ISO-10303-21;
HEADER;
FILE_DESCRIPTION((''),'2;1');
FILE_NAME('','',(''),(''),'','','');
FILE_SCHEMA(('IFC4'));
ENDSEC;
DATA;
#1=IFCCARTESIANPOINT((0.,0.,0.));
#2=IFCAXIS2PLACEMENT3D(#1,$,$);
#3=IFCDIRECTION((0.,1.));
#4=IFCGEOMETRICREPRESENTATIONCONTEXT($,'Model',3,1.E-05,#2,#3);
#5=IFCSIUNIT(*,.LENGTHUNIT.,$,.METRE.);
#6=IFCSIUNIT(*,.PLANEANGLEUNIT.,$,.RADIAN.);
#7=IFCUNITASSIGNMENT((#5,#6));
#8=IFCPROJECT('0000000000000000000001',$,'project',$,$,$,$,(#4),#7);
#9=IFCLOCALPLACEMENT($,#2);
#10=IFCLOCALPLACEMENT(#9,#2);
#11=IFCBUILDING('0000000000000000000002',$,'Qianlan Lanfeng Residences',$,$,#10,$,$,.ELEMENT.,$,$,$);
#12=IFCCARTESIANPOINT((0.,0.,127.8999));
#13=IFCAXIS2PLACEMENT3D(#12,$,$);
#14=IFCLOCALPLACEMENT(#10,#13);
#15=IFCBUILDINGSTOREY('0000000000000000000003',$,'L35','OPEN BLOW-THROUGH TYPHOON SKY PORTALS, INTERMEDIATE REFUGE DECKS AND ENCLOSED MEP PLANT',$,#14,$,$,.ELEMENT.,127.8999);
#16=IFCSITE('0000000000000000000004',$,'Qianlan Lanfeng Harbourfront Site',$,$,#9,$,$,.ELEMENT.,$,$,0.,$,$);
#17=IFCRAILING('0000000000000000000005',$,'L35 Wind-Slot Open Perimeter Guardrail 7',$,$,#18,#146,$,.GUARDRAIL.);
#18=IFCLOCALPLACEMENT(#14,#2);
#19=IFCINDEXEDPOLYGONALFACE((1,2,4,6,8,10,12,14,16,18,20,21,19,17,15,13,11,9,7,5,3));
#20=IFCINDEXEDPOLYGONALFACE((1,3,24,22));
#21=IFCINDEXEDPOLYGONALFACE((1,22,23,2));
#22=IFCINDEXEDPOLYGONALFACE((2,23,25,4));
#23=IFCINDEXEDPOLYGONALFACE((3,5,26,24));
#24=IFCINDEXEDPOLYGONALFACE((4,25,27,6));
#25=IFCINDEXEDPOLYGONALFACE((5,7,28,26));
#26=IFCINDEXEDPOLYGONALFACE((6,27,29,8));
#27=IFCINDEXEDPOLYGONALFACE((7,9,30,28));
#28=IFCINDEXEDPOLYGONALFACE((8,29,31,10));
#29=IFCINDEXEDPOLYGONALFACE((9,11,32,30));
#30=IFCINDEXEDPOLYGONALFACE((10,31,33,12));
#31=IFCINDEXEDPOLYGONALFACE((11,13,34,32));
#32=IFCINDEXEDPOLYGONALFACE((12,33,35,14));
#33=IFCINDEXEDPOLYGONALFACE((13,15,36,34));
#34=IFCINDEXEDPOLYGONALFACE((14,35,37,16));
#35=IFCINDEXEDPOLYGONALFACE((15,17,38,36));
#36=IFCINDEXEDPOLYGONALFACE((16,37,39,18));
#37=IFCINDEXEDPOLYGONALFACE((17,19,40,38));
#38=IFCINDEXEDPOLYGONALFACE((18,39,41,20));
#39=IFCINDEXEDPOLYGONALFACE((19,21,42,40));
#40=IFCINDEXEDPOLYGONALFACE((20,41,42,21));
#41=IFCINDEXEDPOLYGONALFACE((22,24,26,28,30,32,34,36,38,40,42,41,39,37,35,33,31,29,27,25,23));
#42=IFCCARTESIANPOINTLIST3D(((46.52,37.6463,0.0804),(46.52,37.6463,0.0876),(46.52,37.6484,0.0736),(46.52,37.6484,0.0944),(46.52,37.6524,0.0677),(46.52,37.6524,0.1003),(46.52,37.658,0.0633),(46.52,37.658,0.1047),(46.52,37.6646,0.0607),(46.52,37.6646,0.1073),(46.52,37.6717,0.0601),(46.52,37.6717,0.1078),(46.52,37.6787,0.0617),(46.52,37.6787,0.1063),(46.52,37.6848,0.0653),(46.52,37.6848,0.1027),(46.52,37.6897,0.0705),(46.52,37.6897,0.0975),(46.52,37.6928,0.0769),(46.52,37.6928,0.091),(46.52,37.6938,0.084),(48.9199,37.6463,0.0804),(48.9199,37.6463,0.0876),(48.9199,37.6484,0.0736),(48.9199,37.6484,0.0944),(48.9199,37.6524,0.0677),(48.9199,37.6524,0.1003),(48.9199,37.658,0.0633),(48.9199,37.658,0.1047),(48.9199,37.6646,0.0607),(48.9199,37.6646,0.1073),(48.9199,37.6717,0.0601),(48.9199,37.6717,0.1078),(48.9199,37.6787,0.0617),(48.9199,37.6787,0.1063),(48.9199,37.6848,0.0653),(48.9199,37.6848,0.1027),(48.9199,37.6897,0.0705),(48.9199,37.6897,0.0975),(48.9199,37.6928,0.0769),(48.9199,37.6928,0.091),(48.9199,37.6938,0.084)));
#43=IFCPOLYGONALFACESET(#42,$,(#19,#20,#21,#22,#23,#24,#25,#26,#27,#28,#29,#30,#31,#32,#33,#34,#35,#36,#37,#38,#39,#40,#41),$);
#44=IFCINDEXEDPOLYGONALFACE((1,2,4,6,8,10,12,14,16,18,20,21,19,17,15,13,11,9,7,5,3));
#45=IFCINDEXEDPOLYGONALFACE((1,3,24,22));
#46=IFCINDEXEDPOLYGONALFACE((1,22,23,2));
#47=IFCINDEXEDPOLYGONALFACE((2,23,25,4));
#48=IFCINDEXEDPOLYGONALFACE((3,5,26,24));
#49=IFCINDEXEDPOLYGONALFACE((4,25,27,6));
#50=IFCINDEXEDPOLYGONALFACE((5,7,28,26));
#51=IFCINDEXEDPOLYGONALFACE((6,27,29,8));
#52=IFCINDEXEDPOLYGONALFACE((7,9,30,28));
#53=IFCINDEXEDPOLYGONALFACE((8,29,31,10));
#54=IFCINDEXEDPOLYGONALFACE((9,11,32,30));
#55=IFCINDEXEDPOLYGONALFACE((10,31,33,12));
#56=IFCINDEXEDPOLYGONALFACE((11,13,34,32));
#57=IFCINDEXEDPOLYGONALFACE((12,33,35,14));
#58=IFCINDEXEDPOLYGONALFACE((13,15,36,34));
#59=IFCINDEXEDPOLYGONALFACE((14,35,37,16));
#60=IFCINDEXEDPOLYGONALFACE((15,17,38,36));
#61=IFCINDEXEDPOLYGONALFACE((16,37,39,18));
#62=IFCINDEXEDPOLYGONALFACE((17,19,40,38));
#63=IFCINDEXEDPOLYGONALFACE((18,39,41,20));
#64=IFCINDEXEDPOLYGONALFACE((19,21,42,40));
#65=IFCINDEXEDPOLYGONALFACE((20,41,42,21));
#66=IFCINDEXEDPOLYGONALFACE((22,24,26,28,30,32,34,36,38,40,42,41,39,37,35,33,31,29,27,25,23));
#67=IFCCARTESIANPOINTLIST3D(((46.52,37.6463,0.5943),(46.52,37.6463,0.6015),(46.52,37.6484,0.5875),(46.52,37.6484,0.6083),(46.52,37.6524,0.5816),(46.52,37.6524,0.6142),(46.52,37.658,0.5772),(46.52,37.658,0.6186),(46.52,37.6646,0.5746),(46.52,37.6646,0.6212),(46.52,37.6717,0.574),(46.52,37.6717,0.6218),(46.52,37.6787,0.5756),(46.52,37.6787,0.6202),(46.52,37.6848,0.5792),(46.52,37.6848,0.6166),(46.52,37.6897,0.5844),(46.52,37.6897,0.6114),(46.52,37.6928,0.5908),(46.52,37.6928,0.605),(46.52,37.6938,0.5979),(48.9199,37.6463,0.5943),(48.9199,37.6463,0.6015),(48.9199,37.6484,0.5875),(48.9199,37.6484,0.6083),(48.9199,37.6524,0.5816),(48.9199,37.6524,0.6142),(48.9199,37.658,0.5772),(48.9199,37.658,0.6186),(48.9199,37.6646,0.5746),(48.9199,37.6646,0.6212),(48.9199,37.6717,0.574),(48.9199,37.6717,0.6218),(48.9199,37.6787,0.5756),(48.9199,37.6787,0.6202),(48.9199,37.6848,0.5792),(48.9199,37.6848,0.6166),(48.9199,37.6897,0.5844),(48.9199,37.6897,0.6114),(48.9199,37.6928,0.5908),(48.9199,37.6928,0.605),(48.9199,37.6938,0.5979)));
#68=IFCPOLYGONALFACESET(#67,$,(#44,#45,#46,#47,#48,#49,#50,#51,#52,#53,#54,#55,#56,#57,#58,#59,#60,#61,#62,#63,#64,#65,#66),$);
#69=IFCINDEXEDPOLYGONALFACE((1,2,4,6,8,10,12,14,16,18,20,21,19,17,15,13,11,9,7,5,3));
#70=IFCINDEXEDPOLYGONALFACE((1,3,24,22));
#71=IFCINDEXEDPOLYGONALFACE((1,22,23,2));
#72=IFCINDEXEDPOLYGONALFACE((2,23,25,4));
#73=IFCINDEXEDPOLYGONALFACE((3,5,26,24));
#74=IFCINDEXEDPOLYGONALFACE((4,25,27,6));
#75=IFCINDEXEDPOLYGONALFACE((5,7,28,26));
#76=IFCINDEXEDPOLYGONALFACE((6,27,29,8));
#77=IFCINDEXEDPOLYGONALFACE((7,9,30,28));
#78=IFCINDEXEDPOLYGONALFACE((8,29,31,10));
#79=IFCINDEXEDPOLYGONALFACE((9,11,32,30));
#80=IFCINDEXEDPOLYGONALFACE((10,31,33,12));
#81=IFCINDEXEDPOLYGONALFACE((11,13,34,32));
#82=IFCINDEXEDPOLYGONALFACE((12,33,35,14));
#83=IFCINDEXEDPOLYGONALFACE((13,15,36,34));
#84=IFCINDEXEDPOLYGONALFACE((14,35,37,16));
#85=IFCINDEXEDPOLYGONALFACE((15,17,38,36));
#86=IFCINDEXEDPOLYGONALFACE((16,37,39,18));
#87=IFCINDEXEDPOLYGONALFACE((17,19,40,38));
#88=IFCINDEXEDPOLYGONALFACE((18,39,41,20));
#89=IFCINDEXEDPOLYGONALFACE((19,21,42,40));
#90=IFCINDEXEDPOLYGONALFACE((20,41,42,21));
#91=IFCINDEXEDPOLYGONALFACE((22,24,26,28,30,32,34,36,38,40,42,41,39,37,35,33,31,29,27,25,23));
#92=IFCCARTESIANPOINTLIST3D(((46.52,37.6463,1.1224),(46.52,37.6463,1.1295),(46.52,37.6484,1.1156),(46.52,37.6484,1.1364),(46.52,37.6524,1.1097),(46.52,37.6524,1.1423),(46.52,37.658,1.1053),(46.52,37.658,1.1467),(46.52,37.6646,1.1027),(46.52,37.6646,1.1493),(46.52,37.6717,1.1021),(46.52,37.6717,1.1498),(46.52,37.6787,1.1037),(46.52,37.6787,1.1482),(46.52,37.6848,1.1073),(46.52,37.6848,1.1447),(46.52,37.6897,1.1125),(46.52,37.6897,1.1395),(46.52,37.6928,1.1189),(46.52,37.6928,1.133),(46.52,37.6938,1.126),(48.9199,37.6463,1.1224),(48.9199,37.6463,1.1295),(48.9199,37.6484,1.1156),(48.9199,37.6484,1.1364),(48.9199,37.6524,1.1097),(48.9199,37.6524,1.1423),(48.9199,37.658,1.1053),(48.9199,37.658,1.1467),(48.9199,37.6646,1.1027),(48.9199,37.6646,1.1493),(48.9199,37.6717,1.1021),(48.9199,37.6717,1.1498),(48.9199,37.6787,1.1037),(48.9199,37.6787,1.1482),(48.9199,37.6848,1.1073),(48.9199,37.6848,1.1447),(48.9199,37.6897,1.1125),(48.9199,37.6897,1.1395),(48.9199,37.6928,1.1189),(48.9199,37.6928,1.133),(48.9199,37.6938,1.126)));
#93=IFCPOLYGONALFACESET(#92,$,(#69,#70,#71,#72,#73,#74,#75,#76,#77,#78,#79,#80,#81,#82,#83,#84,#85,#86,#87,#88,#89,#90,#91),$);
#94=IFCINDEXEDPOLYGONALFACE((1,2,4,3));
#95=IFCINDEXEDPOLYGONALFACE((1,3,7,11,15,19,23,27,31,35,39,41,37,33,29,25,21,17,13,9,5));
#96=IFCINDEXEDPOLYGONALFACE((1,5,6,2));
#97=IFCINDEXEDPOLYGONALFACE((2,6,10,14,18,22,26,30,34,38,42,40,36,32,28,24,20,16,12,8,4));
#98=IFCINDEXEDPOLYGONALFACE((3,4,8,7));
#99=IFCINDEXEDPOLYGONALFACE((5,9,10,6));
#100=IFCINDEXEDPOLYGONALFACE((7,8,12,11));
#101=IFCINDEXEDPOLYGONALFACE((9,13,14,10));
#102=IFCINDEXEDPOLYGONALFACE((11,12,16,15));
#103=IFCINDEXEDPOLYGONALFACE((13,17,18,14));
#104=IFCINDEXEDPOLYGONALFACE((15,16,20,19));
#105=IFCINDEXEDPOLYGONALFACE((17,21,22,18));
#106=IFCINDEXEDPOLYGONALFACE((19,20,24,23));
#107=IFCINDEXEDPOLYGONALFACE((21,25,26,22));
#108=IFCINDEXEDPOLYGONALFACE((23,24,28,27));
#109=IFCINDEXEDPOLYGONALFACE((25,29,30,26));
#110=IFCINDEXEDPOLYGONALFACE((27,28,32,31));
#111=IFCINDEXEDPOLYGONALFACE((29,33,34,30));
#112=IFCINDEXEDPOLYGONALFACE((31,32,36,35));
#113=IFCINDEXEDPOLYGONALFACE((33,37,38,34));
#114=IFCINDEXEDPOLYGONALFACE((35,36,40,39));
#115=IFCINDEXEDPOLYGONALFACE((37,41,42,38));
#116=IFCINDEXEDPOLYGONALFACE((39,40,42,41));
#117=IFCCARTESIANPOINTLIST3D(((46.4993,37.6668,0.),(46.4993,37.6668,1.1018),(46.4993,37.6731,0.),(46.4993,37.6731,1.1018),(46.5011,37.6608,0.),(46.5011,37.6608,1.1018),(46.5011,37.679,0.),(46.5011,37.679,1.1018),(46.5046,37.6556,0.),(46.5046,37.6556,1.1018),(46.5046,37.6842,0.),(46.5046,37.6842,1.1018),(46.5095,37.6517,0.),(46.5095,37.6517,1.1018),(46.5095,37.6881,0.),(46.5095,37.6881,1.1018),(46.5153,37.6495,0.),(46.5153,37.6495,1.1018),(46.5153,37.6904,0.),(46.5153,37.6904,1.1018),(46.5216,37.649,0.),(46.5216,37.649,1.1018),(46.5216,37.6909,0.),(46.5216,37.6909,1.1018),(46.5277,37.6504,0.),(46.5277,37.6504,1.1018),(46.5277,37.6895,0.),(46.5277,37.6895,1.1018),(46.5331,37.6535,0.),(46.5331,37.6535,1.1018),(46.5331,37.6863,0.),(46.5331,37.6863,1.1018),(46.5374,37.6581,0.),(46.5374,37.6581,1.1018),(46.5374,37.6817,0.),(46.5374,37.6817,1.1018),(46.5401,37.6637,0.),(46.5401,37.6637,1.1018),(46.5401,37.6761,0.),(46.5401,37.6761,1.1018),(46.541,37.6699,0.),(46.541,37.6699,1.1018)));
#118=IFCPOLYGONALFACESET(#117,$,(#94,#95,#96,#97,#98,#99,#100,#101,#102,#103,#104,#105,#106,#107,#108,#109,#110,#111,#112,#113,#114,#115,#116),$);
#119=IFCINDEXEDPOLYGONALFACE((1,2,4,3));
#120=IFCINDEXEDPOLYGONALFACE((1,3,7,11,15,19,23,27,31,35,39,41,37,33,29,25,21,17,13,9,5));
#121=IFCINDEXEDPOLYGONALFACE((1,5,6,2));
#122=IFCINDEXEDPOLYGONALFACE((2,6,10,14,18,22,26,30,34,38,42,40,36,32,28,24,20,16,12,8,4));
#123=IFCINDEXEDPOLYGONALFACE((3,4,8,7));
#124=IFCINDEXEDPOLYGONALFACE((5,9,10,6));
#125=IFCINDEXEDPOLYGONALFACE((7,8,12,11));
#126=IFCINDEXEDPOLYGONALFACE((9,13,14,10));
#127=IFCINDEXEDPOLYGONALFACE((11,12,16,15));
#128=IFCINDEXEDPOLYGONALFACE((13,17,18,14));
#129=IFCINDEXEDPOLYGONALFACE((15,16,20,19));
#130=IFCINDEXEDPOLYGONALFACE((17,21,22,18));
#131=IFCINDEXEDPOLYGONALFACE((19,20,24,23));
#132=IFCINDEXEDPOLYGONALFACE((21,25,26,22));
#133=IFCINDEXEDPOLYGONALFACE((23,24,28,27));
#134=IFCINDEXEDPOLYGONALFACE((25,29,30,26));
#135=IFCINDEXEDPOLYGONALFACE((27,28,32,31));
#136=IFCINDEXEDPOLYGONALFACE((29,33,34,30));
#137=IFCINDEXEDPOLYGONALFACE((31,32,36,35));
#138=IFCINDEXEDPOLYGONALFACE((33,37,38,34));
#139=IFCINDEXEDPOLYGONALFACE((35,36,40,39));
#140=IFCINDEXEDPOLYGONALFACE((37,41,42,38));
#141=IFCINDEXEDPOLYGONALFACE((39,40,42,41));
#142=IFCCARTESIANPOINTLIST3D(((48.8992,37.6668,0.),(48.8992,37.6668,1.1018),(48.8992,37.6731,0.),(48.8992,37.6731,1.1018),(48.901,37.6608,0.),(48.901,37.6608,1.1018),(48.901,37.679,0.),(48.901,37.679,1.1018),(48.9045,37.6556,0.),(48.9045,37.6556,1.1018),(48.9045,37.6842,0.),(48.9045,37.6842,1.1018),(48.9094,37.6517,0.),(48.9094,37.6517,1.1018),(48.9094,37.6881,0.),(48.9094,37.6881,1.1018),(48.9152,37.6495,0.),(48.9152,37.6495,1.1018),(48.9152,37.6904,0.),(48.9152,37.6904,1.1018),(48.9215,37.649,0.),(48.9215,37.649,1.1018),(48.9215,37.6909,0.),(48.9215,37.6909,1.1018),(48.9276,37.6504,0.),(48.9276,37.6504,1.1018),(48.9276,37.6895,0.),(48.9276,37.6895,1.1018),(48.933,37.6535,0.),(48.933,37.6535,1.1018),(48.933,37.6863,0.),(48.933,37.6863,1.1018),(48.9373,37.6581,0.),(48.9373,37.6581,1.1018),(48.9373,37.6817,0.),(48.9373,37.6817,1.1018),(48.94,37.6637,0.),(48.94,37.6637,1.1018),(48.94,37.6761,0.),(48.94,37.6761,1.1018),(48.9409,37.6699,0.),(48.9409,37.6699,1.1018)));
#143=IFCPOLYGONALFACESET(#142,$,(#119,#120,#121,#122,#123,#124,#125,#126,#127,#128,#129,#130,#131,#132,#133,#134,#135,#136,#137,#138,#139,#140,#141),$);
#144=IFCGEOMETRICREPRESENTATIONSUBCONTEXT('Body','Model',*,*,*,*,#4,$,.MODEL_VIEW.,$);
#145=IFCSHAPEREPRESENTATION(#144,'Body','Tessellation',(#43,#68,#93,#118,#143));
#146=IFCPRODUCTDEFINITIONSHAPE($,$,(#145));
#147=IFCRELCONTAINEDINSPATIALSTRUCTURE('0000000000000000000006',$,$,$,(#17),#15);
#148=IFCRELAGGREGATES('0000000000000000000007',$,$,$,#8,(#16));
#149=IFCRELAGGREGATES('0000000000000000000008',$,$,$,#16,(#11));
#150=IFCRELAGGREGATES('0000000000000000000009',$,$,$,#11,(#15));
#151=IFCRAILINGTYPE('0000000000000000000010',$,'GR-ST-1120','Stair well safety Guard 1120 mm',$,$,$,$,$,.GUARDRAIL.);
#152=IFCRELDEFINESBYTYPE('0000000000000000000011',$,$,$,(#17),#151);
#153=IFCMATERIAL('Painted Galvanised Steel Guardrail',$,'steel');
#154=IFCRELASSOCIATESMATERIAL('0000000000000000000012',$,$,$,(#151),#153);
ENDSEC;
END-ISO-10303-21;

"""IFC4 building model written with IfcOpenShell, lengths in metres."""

from ifc_helpers import new_model, si_unit, direction, frame, origin, origin_2d, place, context, subcontext, project, spatial, circle, extrude, material, type_object, element, save


model = new_model("IFC4")

# Units and contexts
model_context = context("Model", 3, precision=1e-05, world=origin(), true_north=direction((0.0, 1.0)))
body_context = subcontext(model_context, "Body", "Model", "MODEL_VIEW")
ifc_project = project(units=[si_unit("LENGTHUNIT", "METRE"), si_unit("PLANEANGLEUNIT", "RADIAN")], contexts=[model_context])

# Site, building, storey
site_placement = place(None, origin())
site = spatial("IfcSite", under=ifc_project, at=site_placement, Name="Qianlan Lanfeng Harbourfront Site", CompositionType="ELEMENT", RefElevation=0.0)
building_placement = place(site_placement, origin())
building = spatial("IfcBuilding", under=site, at=building_placement, Name="Qianlan Lanfeng Residences", CompositionType="ELEMENT")
storey_placement = place(building_placement, frame((0.0, 0.0, 127.8999)))
storey = spatial("IfcBuildingStorey", under=building, at=storey_placement, Name="L35", Description="OPEN BLOW-THROUGH TYPHOON SKY PORTALS, INTERMEDIATE REFUGE DECKS AND ENCLOSED MEP PLANT", CompositionType="ELEMENT", Elevation=127.8999)

# Railing
ifc_material_1 = material(Name="Painted Galvanised Steel Guardrail", Category="steel")
railing_type_1 = type_object("IfcRailingType", Name="GR-ST-1120", Description="Stair well safety Guard 1120 mm", PredefinedType="GUARDRAIL", material=ifc_material_1)
railing_1_placement = place(storey_placement, frame((46.52, 37.6699, 0.0)))
element("IfcRailing", 1, at=railing_1_placement, inside=storey, type_object=railing_type_1, Name="L35 Wind-Slot Open Perimeter Guardrail 7", PredefinedType="GUARDRAIL", context=body_context, shape_type="SweptSolid", body=[
    extrude(circle(Radius=0.0239, at=origin_2d()), frame((0.0, 0.0, 0.084), z_axis=(1.0, 0.0, 0.0), x_axis=(0.0, 1.0, 0.0)), (0.0, 0.0, 1.0), 2.3999),
    extrude(circle(Radius=0.0239, at=origin_2d()), frame((0.0, 0.0, 0.5979), z_axis=(1.0, 0.0, 0.0), x_axis=(0.0, 1.0, 0.0)), (0.0, 0.0, 1.0), 2.3999),
    extrude(circle(Radius=0.0239, at=origin_2d()), frame((0.0, 0.0, 1.126), z_axis=(1.0, 0.0, 0.0), x_axis=(0.0, 1.0, 0.0)), (0.0, 0.0, 1.0), 2.3999),
    extrude(circle(Radius=0.021, at=origin_2d()), origin(), (0.0, 0.0, 1.0), 1.1018),
    extrude(circle(Radius=0.021, at=origin_2d()), frame((2.3999, 0.0, 0.0)), (0.0, 0.0, 1.0), 1.1018),
])

save(model, "model.ifc")
